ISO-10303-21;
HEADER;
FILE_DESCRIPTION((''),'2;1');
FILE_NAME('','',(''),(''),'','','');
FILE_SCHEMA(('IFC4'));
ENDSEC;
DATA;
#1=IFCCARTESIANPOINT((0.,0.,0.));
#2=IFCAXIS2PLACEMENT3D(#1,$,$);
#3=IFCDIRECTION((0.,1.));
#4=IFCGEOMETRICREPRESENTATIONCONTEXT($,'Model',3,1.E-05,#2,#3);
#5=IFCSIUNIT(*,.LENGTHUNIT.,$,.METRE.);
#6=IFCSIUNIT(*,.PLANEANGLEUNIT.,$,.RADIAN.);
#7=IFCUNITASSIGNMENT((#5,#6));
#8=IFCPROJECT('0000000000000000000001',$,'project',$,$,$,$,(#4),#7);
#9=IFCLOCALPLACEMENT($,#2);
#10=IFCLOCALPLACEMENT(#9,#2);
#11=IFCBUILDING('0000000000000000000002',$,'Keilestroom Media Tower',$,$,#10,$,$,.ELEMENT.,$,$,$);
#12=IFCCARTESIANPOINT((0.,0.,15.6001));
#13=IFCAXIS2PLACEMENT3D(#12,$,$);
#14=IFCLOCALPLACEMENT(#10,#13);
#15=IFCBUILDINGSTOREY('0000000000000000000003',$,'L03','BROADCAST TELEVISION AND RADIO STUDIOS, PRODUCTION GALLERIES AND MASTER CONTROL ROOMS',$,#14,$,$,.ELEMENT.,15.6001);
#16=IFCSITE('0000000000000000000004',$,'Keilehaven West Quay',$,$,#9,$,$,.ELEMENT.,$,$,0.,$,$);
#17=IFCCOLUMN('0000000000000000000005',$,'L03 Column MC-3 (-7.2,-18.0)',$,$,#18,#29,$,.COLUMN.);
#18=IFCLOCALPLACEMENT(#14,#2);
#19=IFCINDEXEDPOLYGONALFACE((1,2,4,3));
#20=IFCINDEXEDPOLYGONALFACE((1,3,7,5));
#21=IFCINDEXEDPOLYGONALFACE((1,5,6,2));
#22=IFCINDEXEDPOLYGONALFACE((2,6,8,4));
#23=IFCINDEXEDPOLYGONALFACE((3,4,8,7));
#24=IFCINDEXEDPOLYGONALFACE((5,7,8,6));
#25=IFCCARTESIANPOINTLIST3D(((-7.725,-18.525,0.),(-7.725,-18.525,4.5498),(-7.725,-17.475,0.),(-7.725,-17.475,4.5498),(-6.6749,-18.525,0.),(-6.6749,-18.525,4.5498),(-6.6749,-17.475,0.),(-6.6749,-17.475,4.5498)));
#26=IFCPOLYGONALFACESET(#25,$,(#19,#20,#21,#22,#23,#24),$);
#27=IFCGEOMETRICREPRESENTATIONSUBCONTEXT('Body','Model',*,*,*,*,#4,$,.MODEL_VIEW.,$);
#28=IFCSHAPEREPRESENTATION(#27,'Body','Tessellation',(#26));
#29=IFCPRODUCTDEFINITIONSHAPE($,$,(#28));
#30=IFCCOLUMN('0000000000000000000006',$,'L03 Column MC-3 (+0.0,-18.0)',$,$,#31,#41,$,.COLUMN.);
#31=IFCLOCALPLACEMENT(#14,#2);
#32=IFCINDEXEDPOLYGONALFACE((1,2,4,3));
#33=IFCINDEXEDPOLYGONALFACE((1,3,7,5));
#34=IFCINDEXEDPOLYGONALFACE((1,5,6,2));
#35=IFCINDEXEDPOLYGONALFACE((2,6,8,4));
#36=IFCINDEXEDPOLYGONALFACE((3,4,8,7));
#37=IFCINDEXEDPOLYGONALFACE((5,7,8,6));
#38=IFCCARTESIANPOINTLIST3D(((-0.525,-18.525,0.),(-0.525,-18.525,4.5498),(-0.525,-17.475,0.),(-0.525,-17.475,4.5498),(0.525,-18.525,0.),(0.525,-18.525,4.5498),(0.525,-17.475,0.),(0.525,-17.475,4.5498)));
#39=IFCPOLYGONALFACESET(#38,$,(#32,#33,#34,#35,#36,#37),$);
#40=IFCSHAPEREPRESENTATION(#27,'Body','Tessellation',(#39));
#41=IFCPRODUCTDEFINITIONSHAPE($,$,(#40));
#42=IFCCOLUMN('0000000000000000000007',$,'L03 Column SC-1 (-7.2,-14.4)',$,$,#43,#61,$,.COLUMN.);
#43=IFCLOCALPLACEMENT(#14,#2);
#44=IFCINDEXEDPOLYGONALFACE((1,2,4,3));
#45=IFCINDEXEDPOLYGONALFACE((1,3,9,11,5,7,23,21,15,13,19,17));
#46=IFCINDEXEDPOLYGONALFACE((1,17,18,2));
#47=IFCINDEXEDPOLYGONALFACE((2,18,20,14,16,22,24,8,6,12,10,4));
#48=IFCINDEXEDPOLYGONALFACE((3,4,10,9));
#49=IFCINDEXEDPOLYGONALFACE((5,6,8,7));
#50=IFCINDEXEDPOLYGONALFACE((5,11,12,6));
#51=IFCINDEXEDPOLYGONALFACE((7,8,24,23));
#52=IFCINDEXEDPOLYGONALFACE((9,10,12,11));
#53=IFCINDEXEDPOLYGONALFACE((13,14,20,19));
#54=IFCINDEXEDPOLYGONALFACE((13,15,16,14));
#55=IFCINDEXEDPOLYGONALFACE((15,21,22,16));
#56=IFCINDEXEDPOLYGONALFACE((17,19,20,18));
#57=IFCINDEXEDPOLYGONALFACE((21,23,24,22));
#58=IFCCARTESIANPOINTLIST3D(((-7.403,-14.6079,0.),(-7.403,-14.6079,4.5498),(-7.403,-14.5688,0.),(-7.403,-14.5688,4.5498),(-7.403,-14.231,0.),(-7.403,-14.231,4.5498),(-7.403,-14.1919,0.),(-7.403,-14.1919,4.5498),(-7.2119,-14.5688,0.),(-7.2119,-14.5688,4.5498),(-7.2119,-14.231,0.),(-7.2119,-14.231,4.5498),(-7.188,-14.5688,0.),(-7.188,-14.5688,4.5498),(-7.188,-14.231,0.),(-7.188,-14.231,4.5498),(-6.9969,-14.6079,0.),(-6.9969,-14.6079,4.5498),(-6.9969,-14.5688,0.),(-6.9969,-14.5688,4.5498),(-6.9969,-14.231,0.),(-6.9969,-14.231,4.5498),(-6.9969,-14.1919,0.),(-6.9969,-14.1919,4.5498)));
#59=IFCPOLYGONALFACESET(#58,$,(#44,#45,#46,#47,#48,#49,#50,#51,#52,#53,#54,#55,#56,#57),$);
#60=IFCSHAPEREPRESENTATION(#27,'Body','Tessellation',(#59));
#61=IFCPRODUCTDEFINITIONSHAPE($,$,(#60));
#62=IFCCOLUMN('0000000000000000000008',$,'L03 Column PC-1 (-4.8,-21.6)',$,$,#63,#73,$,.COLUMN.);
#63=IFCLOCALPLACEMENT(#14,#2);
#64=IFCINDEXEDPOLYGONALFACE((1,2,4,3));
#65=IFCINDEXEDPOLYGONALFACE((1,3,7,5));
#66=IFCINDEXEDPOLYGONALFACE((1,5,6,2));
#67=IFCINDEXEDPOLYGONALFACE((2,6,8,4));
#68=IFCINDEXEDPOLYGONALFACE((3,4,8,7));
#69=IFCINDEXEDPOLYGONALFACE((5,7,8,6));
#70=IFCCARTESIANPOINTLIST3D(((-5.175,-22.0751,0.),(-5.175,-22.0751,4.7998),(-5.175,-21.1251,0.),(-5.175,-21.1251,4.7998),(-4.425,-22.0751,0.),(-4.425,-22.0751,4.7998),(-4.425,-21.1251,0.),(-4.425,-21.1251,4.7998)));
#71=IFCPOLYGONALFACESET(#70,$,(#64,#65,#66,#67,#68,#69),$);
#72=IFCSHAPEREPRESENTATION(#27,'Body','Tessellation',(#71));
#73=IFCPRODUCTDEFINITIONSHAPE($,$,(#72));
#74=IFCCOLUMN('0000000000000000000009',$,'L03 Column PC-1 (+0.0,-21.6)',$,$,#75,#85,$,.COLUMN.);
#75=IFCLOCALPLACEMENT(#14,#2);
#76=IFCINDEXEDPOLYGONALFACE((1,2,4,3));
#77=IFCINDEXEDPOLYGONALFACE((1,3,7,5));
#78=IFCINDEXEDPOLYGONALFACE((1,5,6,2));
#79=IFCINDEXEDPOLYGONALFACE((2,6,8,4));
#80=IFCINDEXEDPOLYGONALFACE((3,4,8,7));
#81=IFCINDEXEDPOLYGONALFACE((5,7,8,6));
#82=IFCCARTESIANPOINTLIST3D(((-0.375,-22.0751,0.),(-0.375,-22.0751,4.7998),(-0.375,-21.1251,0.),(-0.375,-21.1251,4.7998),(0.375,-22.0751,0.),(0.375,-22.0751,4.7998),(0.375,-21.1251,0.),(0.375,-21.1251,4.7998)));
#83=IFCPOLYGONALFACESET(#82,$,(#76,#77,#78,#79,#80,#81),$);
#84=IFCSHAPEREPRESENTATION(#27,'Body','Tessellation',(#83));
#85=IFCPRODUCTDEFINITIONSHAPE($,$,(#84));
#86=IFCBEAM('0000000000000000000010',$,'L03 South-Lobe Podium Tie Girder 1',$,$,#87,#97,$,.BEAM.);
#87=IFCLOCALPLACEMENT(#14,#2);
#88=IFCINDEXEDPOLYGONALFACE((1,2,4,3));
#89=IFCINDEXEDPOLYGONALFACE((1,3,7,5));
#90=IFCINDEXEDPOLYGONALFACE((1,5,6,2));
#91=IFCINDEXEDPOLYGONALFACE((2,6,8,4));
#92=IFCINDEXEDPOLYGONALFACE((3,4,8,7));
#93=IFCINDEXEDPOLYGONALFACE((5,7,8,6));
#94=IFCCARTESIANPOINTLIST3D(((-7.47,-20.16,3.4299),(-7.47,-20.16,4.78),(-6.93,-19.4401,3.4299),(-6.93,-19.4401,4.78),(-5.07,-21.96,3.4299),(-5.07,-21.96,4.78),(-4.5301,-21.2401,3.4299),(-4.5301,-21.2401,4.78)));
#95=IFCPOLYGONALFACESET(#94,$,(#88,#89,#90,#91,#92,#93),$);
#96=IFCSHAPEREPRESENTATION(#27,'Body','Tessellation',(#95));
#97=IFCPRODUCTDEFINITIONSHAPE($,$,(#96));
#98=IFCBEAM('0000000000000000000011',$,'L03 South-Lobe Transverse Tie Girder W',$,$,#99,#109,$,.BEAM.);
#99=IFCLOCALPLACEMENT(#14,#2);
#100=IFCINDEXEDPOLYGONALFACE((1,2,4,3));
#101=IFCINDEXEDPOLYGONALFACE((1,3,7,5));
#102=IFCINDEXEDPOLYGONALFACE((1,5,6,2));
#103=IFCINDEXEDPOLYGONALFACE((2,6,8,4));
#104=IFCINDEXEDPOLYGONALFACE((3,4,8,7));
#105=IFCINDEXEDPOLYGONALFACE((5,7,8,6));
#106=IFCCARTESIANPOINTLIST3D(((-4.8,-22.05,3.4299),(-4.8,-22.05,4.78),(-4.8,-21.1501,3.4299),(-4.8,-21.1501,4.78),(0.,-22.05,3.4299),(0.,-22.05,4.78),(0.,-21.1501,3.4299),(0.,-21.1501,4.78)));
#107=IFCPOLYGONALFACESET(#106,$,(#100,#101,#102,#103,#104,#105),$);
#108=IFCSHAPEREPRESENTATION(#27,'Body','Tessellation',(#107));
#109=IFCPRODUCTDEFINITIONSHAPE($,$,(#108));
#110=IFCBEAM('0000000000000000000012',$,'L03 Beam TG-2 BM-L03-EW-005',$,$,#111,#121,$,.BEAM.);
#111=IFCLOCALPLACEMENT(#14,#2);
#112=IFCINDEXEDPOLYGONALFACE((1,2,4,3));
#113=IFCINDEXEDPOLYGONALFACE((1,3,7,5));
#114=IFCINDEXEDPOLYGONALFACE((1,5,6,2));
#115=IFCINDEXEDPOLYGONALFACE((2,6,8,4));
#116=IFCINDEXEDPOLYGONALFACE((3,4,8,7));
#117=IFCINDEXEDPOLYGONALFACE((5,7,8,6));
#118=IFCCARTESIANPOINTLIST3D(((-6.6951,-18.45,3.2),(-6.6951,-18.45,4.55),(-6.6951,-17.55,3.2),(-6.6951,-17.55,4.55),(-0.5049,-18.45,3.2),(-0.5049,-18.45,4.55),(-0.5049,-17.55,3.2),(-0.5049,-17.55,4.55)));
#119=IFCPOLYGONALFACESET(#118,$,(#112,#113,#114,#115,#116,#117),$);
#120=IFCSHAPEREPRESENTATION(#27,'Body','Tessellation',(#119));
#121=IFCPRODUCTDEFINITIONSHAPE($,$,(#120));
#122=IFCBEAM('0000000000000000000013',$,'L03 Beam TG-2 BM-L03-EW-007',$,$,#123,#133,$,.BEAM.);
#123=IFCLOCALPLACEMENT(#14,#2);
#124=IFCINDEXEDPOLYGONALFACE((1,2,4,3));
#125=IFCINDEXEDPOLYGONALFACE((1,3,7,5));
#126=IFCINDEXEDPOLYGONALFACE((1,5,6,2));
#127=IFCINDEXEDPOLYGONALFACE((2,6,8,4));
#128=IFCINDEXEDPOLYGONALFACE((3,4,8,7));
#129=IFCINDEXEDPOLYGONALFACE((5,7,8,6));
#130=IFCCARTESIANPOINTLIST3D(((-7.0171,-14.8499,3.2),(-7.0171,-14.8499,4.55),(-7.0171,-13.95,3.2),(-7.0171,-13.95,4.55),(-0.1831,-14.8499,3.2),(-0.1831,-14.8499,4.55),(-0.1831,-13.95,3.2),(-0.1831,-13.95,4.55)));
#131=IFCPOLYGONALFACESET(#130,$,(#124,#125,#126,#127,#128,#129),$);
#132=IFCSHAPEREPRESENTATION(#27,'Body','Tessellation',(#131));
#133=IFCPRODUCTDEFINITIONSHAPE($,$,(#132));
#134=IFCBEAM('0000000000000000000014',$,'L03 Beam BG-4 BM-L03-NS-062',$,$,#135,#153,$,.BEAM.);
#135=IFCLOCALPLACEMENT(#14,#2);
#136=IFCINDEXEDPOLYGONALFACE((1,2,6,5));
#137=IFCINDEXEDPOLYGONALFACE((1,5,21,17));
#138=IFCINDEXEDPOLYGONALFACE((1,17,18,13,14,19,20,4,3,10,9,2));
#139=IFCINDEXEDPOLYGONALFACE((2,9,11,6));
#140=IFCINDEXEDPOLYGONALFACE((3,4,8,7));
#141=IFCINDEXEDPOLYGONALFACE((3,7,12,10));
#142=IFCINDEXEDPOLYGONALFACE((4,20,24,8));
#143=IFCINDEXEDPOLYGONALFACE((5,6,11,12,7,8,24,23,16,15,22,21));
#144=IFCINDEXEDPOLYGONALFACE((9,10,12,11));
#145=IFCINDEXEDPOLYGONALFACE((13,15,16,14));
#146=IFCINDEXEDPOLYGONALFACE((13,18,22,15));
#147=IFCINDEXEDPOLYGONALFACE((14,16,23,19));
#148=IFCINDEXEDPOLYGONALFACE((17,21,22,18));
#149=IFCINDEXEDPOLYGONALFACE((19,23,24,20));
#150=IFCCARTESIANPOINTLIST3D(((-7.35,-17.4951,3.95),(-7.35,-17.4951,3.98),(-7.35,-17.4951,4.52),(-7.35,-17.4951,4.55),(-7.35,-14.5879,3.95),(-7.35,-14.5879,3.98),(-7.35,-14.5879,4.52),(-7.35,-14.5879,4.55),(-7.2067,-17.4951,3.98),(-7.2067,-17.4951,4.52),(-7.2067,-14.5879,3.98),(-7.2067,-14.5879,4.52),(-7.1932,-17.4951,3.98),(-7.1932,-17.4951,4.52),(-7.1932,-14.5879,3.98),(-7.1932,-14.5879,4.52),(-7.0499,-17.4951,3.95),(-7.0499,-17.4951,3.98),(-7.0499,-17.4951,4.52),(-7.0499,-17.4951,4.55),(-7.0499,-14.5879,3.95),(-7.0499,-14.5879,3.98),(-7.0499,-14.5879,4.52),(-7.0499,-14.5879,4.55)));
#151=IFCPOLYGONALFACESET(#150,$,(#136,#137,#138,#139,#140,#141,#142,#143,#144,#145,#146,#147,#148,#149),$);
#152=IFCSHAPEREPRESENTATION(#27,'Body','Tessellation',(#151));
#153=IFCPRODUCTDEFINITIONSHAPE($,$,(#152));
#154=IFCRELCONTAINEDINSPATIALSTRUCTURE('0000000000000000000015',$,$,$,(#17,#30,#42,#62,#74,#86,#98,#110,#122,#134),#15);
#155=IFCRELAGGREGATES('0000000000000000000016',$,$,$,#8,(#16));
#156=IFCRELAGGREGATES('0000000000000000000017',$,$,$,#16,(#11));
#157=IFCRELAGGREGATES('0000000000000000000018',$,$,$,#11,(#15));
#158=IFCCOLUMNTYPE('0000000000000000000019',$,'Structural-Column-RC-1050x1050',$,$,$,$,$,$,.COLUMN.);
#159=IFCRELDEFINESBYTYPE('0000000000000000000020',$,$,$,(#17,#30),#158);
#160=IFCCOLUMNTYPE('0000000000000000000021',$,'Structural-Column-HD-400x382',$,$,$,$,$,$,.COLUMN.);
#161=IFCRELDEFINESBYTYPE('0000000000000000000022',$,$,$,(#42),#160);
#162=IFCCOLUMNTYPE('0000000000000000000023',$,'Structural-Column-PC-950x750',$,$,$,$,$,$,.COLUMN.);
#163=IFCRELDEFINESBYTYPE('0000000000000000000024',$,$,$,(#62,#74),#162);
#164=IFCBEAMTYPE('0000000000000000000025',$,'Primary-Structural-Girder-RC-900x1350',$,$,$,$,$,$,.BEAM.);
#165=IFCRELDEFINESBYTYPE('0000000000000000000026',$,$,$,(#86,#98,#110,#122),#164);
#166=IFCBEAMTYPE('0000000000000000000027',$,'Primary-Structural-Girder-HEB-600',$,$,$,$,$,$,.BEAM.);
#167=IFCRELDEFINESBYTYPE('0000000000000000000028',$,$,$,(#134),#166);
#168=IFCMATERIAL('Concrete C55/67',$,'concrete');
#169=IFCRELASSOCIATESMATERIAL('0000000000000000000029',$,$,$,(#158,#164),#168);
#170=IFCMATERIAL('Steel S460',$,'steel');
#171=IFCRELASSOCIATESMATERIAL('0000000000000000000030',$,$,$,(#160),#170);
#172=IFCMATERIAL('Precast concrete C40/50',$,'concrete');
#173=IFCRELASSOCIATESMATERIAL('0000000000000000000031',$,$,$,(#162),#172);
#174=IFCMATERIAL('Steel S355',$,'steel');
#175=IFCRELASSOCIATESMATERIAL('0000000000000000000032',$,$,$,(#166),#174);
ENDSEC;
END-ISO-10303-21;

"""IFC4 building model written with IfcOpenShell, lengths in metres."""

from ifc_helpers import new_model, si_unit, direction, frame, origin, origin_2d, place, context, subcontext, project, spatial, rectangle, i_section, extrude, source, transform, mapped, material, material_profile, profile_set, type_object, element, save


model = new_model("IFC4")

# Units and contexts
model_context = context("Model", 3, precision=1e-05, world=origin(), true_north=direction((0.0, 1.0)))
body_context = subcontext(model_context, "Body", "Model", "MODEL_VIEW")
ifc_project = project(units=[si_unit("LENGTHUNIT", "METRE"), si_unit("PLANEANGLEUNIT", "RADIAN")], contexts=[model_context])

# Site, building, storey
site_placement = place(None, origin())
site = spatial("IfcSite", under=ifc_project, at=site_placement, Name="Keilehaven West Quay", CompositionType="ELEMENT", RefElevation=0.0)
building_placement = place(site_placement, origin())
building = spatial("IfcBuilding", under=site, at=building_placement, Name="Keilestroom Media Tower", CompositionType="ELEMENT")
storey_placement = place(building_placement, frame((0.0, 0.0, 15.6001)))
storey = spatial("IfcBuildingStorey", under=building, at=storey_placement, Name="L03", Description="BROADCAST TELEVISION AND RADIO STUDIOS, PRODUCTION GALLERIES AND MASTER CONTROL ROOMS", CompositionType="ELEMENT", Elevation=15.6001)

# Columns
ifc_material_1 = material(Name="Concrete C55/67", Category="concrete")
ifc_material_profile_1 = material_profile(ifc_material_1, rectangle(XDim=1.05, YDim=1.05, at=origin_2d()), Name="RC 1050x1050")
ifc_profile_set_1 = profile_set([ifc_material_profile_1], Name="Concrete C55/67")
column_type_1 = type_object("IfcColumnType", Name="Structural-Column-RC-1050x1050", PredefinedType="COLUMN", material=ifc_profile_set_1)
shared_shape_1 = source(origin(), body_context, "Body", "SweptSolid", [
    extrude(rectangle(XDim=1.05, YDim=1.05, at=origin_2d()), origin(), (0.0, 0.0, 1.0), 4.5498),
])
for number, where, z_axis, x_axis, name in (
    (1, (-7.2, -18.0, 0.0), (0.0, 0.0, 1.0), (1.0, 0.0, 0.0), "L03 Column MC-3 (-7.2,-18.0)"),
    (2, (0.0, -18.0, 0.0), (0.0, 0.0, 1.0), (1.0, 0.0, 0.0), "L03 Column MC-3 (+0.0,-18.0)"),
):
    element("IfcColumn", number, at=place(storey_placement, frame(where, z_axis=z_axis, x_axis=x_axis)), inside=storey, type_object=column_type_1, Name=name, PredefinedType="COLUMN", context=body_context, shape_type="MappedRepresentation", body=[
        mapped(shared_shape_1, transform((0.0, 0.0, 0.0), x_axis=(1.0, 0.0, 0.0), y_axis=(0.0, 1.0, 0.0), z_axis=(0.0, 0.0, 1.0), scale=1.0)),
    ])
ifc_material_2 = material(Name="Steel S460", Category="steel")
ifc_material_profile_2 = material_profile(ifc_material_2, i_section(OverallWidth=0.406, OverallDepth=0.416, WebThickness=0.0239, FlangeThickness=0.0391, at=origin_2d()), Name="HD 400x382")
ifc_profile_set_2 = profile_set([ifc_material_profile_2], Name="Steel S460")
column_type_2 = type_object("IfcColumnType", Name="Structural-Column-HD-400x382", PredefinedType="COLUMN", material=ifc_profile_set_2)
shared_shape_2 = source(origin(), body_context, "Body", "SweptSolid", [
    extrude(i_section(OverallWidth=0.406, OverallDepth=0.416, WebThickness=0.0239, FlangeThickness=0.0391, at=origin_2d()), origin(), (0.0, 0.0, 1.0), 4.5498),
])
column_placement = place(storey_placement, frame((-7.2, -14.3999, 0.0), z_axis=(0.0, 0.0, 1.0), x_axis=(1.0, 0.0, 0.0)))
element("IfcColumn", 3, at=column_placement, inside=storey, type_object=column_type_2, Name="L03 Column SC-1 (-7.2,-14.4)", PredefinedType="COLUMN", context=body_context, shape_type="MappedRepresentation", body=[
    mapped(shared_shape_2, transform((0.0, 0.0, 0.0), x_axis=(1.0, 0.0, 0.0), y_axis=(0.0, 1.0, 0.0), z_axis=(0.0, 0.0, 1.0), scale=1.0)),
])
ifc_material_3 = material(Name="Precast concrete C40/50", Category="concrete")
ifc_material_profile_3 = material_profile(ifc_material_3, rectangle(XDim=0.75, YDim=0.95, at=origin_2d()), Name="PC 950x750")
ifc_profile_set_3 = profile_set([ifc_material_profile_3], Name="Precast concrete C40/50")
column_type_3 = type_object("IfcColumnType", Name="Structural-Column-PC-950x750", PredefinedType="COLUMN", material=ifc_profile_set_3)
shared_shape_3 = source(origin(), body_context, "Body", "SweptSolid", [
    extrude(rectangle(XDim=0.75, YDim=0.95, at=origin_2d()), origin(), (0.0, 0.0, 1.0), 4.7998),
])
for number, where, z_axis, x_axis, name in (
    (4, (-4.8, -21.6001, 0.0), (0.0, 0.0, 1.0), (1.0, 0.0, 0.0), "L03 Column PC-1 (-4.8,-21.6)"),
    (5, (0.0, -21.6001, 0.0), (0.0, 0.0, 1.0), (1.0, 0.0, 0.0), "L03 Column PC-1 (+0.0,-21.6)"),
):
    element("IfcColumn", number, at=place(storey_placement, frame(where, z_axis=z_axis, x_axis=x_axis)), inside=storey, type_object=column_type_3, Name=name, PredefinedType="COLUMN", context=body_context, shape_type="MappedRepresentation", body=[
        mapped(shared_shape_3, transform((0.0, 0.0, 0.0), x_axis=(1.0, 0.0, 0.0), y_axis=(0.0, 1.0, 0.0), z_axis=(0.0, 0.0, 1.0), scale=1.0)),
    ])

# Beams
ifc_material_profile_4 = material_profile(ifc_material_1, rectangle(XDim=0.8999, YDim=1.3501, at=origin_2d()), Name="RC 900x1350")
ifc_profile_set_4 = profile_set([ifc_material_profile_4], Name="Concrete C55/67")
beam_type_1 = type_object("IfcBeamType", Name="Primary-Structural-Girder-RC-900x1350", PredefinedType="BEAM", material=ifc_profile_set_4)
shared_shape_4 = source(origin(), body_context, "Body", "SweptSolid", [
    extrude(rectangle(XDim=0.8999, YDim=1.3501, at=origin_2d()), origin(), (0.0, 0.0, 1.0), 3.0),
])
beam_1_placement = place(storey_placement, frame((-4.8, -21.6001, 4.105), z_axis=(-0.79998, 0.600026, 0.0), x_axis=(-0.600026, -0.79998, 0.0)))
element("IfcBeam", 6, at=beam_1_placement, inside=storey, type_object=beam_type_1, Name="L03 South-Lobe Podium Tie Girder 1", PredefinedType="BEAM", context=body_context, shape_type="MappedRepresentation", body=[
    mapped(shared_shape_4, transform((0.0, 0.0, 0.0), x_axis=(1.0, 0.0, 0.0), y_axis=(0.0, 1.0, 0.0), z_axis=(0.0, 0.0, 1.0), scale=1.0)),
])
shared_shape_5 = source(origin(), body_context, "Body", "SweptSolid", [
    extrude(rectangle(XDim=0.8999, YDim=1.3501, at=origin_2d()), origin(), (0.0, 0.0, 1.0), 4.8),
])
beam_2_placement = place(storey_placement, frame((-4.8, -21.6001, 4.105), z_axis=(1.0, 0.0, 0.0), x_axis=(0.0, 1.0, 0.0)))
element("IfcBeam", 7, at=beam_2_placement, inside=storey, type_object=beam_type_1, Name="L03 South-Lobe Transverse Tie Girder W", PredefinedType="BEAM", context=body_context, shape_type="MappedRepresentation", body=[
    mapped(shared_shape_5, transform((0.0, 0.0, 0.0), x_axis=(1.0, 0.0, 0.0), y_axis=(0.0, 1.0, 0.0), z_axis=(0.0, 0.0, 1.0), scale=1.0)),
])
shared_shape_6 = source(origin(), body_context, "Body", "SweptSolid", [
    extrude(rectangle(XDim=0.8999, YDim=1.3501, at=origin_2d()), origin(), (0.0, 0.0, 1.0), 6.1902),
])
beam_3_placement = place(storey_placement, frame((-6.6951, -18.0, 3.875), z_axis=(1.0, 0.0, 0.0), x_axis=(0.0, 1.0, 0.0)))
element("IfcBeam", 8, at=beam_3_placement, inside=storey, type_object=beam_type_1, Name="L03 Beam TG-2 BM-L03-EW-005", PredefinedType="BEAM", context=body_context, shape_type="MappedRepresentation", body=[
    mapped(shared_shape_6, transform((0.0, 0.0, 0.0), x_axis=(1.0, 0.0, 0.0), y_axis=(0.0, 1.0, 0.0), z_axis=(0.0, 0.0, 1.0), scale=1.0)),
])
shared_shape_7 = source(origin(), body_context, "Body", "SweptSolid", [
    extrude(rectangle(XDim=0.8999, YDim=1.3501, at=origin_2d()), origin(), (0.0, 0.0, 1.0), 6.834),
])
beam_4_placement = place(storey_placement, frame((-7.0171, -14.3999, 3.875), z_axis=(1.0, 0.0, 0.0), x_axis=(0.0, 1.0, 0.0)))
element("IfcBeam", 9, at=beam_4_placement, inside=storey, type_object=beam_type_1, Name="L03 Beam TG-2 BM-L03-EW-007", PredefinedType="BEAM", context=body_context, shape_type="MappedRepresentation", body=[
    mapped(shared_shape_7, transform((0.0, 0.0, 0.0), x_axis=(1.0, 0.0, 0.0), y_axis=(0.0, 1.0, 0.0), z_axis=(0.0, 0.0, 1.0), scale=1.0)),
])
ifc_material_4 = material(Name="Steel S355", Category="steel")
ifc_material_profile_5 = material_profile(ifc_material_4, i_section(OverallWidth=0.3, OverallDepth=0.6001, WebThickness=0.0134, FlangeThickness=0.03, at=origin_2d()), Name="HEB 600")
ifc_profile_set_5 = profile_set([ifc_material_profile_5], Name="Steel S355")
beam_type_2 = type_object("IfcBeamType", Name="Primary-Structural-Girder-HEB-600", PredefinedType="BEAM", material=ifc_profile_set_5)
shared_shape_8 = source(origin(), body_context, "Body", "SweptSolid", [
    extrude(i_section(OverallWidth=0.3, OverallDepth=0.6001, WebThickness=0.0134, FlangeThickness=0.03, at=origin_2d()), origin(), (0.0, 0.0, 1.0), 2.9072),
])
beam_5_placement = place(storey_placement, frame((-7.2, -17.4951, 4.25), z_axis=(0.0, 1.0, 0.0), x_axis=(-1.0, 0.0, 0.0)))
element("IfcBeam", 10, at=beam_5_placement, inside=storey, type_object=beam_type_2, Name="L03 Beam BG-4 BM-L03-NS-062", PredefinedType="BEAM", context=body_context, shape_type="MappedRepresentation", body=[
    mapped(shared_shape_8, transform((0.0, 0.0, 0.0), x_axis=(1.0, 0.0, 0.0), y_axis=(0.0, 1.0, 0.0), z_axis=(0.0, 0.0, 1.0), scale=1.0)),
])

save(model, "model.ifc")
